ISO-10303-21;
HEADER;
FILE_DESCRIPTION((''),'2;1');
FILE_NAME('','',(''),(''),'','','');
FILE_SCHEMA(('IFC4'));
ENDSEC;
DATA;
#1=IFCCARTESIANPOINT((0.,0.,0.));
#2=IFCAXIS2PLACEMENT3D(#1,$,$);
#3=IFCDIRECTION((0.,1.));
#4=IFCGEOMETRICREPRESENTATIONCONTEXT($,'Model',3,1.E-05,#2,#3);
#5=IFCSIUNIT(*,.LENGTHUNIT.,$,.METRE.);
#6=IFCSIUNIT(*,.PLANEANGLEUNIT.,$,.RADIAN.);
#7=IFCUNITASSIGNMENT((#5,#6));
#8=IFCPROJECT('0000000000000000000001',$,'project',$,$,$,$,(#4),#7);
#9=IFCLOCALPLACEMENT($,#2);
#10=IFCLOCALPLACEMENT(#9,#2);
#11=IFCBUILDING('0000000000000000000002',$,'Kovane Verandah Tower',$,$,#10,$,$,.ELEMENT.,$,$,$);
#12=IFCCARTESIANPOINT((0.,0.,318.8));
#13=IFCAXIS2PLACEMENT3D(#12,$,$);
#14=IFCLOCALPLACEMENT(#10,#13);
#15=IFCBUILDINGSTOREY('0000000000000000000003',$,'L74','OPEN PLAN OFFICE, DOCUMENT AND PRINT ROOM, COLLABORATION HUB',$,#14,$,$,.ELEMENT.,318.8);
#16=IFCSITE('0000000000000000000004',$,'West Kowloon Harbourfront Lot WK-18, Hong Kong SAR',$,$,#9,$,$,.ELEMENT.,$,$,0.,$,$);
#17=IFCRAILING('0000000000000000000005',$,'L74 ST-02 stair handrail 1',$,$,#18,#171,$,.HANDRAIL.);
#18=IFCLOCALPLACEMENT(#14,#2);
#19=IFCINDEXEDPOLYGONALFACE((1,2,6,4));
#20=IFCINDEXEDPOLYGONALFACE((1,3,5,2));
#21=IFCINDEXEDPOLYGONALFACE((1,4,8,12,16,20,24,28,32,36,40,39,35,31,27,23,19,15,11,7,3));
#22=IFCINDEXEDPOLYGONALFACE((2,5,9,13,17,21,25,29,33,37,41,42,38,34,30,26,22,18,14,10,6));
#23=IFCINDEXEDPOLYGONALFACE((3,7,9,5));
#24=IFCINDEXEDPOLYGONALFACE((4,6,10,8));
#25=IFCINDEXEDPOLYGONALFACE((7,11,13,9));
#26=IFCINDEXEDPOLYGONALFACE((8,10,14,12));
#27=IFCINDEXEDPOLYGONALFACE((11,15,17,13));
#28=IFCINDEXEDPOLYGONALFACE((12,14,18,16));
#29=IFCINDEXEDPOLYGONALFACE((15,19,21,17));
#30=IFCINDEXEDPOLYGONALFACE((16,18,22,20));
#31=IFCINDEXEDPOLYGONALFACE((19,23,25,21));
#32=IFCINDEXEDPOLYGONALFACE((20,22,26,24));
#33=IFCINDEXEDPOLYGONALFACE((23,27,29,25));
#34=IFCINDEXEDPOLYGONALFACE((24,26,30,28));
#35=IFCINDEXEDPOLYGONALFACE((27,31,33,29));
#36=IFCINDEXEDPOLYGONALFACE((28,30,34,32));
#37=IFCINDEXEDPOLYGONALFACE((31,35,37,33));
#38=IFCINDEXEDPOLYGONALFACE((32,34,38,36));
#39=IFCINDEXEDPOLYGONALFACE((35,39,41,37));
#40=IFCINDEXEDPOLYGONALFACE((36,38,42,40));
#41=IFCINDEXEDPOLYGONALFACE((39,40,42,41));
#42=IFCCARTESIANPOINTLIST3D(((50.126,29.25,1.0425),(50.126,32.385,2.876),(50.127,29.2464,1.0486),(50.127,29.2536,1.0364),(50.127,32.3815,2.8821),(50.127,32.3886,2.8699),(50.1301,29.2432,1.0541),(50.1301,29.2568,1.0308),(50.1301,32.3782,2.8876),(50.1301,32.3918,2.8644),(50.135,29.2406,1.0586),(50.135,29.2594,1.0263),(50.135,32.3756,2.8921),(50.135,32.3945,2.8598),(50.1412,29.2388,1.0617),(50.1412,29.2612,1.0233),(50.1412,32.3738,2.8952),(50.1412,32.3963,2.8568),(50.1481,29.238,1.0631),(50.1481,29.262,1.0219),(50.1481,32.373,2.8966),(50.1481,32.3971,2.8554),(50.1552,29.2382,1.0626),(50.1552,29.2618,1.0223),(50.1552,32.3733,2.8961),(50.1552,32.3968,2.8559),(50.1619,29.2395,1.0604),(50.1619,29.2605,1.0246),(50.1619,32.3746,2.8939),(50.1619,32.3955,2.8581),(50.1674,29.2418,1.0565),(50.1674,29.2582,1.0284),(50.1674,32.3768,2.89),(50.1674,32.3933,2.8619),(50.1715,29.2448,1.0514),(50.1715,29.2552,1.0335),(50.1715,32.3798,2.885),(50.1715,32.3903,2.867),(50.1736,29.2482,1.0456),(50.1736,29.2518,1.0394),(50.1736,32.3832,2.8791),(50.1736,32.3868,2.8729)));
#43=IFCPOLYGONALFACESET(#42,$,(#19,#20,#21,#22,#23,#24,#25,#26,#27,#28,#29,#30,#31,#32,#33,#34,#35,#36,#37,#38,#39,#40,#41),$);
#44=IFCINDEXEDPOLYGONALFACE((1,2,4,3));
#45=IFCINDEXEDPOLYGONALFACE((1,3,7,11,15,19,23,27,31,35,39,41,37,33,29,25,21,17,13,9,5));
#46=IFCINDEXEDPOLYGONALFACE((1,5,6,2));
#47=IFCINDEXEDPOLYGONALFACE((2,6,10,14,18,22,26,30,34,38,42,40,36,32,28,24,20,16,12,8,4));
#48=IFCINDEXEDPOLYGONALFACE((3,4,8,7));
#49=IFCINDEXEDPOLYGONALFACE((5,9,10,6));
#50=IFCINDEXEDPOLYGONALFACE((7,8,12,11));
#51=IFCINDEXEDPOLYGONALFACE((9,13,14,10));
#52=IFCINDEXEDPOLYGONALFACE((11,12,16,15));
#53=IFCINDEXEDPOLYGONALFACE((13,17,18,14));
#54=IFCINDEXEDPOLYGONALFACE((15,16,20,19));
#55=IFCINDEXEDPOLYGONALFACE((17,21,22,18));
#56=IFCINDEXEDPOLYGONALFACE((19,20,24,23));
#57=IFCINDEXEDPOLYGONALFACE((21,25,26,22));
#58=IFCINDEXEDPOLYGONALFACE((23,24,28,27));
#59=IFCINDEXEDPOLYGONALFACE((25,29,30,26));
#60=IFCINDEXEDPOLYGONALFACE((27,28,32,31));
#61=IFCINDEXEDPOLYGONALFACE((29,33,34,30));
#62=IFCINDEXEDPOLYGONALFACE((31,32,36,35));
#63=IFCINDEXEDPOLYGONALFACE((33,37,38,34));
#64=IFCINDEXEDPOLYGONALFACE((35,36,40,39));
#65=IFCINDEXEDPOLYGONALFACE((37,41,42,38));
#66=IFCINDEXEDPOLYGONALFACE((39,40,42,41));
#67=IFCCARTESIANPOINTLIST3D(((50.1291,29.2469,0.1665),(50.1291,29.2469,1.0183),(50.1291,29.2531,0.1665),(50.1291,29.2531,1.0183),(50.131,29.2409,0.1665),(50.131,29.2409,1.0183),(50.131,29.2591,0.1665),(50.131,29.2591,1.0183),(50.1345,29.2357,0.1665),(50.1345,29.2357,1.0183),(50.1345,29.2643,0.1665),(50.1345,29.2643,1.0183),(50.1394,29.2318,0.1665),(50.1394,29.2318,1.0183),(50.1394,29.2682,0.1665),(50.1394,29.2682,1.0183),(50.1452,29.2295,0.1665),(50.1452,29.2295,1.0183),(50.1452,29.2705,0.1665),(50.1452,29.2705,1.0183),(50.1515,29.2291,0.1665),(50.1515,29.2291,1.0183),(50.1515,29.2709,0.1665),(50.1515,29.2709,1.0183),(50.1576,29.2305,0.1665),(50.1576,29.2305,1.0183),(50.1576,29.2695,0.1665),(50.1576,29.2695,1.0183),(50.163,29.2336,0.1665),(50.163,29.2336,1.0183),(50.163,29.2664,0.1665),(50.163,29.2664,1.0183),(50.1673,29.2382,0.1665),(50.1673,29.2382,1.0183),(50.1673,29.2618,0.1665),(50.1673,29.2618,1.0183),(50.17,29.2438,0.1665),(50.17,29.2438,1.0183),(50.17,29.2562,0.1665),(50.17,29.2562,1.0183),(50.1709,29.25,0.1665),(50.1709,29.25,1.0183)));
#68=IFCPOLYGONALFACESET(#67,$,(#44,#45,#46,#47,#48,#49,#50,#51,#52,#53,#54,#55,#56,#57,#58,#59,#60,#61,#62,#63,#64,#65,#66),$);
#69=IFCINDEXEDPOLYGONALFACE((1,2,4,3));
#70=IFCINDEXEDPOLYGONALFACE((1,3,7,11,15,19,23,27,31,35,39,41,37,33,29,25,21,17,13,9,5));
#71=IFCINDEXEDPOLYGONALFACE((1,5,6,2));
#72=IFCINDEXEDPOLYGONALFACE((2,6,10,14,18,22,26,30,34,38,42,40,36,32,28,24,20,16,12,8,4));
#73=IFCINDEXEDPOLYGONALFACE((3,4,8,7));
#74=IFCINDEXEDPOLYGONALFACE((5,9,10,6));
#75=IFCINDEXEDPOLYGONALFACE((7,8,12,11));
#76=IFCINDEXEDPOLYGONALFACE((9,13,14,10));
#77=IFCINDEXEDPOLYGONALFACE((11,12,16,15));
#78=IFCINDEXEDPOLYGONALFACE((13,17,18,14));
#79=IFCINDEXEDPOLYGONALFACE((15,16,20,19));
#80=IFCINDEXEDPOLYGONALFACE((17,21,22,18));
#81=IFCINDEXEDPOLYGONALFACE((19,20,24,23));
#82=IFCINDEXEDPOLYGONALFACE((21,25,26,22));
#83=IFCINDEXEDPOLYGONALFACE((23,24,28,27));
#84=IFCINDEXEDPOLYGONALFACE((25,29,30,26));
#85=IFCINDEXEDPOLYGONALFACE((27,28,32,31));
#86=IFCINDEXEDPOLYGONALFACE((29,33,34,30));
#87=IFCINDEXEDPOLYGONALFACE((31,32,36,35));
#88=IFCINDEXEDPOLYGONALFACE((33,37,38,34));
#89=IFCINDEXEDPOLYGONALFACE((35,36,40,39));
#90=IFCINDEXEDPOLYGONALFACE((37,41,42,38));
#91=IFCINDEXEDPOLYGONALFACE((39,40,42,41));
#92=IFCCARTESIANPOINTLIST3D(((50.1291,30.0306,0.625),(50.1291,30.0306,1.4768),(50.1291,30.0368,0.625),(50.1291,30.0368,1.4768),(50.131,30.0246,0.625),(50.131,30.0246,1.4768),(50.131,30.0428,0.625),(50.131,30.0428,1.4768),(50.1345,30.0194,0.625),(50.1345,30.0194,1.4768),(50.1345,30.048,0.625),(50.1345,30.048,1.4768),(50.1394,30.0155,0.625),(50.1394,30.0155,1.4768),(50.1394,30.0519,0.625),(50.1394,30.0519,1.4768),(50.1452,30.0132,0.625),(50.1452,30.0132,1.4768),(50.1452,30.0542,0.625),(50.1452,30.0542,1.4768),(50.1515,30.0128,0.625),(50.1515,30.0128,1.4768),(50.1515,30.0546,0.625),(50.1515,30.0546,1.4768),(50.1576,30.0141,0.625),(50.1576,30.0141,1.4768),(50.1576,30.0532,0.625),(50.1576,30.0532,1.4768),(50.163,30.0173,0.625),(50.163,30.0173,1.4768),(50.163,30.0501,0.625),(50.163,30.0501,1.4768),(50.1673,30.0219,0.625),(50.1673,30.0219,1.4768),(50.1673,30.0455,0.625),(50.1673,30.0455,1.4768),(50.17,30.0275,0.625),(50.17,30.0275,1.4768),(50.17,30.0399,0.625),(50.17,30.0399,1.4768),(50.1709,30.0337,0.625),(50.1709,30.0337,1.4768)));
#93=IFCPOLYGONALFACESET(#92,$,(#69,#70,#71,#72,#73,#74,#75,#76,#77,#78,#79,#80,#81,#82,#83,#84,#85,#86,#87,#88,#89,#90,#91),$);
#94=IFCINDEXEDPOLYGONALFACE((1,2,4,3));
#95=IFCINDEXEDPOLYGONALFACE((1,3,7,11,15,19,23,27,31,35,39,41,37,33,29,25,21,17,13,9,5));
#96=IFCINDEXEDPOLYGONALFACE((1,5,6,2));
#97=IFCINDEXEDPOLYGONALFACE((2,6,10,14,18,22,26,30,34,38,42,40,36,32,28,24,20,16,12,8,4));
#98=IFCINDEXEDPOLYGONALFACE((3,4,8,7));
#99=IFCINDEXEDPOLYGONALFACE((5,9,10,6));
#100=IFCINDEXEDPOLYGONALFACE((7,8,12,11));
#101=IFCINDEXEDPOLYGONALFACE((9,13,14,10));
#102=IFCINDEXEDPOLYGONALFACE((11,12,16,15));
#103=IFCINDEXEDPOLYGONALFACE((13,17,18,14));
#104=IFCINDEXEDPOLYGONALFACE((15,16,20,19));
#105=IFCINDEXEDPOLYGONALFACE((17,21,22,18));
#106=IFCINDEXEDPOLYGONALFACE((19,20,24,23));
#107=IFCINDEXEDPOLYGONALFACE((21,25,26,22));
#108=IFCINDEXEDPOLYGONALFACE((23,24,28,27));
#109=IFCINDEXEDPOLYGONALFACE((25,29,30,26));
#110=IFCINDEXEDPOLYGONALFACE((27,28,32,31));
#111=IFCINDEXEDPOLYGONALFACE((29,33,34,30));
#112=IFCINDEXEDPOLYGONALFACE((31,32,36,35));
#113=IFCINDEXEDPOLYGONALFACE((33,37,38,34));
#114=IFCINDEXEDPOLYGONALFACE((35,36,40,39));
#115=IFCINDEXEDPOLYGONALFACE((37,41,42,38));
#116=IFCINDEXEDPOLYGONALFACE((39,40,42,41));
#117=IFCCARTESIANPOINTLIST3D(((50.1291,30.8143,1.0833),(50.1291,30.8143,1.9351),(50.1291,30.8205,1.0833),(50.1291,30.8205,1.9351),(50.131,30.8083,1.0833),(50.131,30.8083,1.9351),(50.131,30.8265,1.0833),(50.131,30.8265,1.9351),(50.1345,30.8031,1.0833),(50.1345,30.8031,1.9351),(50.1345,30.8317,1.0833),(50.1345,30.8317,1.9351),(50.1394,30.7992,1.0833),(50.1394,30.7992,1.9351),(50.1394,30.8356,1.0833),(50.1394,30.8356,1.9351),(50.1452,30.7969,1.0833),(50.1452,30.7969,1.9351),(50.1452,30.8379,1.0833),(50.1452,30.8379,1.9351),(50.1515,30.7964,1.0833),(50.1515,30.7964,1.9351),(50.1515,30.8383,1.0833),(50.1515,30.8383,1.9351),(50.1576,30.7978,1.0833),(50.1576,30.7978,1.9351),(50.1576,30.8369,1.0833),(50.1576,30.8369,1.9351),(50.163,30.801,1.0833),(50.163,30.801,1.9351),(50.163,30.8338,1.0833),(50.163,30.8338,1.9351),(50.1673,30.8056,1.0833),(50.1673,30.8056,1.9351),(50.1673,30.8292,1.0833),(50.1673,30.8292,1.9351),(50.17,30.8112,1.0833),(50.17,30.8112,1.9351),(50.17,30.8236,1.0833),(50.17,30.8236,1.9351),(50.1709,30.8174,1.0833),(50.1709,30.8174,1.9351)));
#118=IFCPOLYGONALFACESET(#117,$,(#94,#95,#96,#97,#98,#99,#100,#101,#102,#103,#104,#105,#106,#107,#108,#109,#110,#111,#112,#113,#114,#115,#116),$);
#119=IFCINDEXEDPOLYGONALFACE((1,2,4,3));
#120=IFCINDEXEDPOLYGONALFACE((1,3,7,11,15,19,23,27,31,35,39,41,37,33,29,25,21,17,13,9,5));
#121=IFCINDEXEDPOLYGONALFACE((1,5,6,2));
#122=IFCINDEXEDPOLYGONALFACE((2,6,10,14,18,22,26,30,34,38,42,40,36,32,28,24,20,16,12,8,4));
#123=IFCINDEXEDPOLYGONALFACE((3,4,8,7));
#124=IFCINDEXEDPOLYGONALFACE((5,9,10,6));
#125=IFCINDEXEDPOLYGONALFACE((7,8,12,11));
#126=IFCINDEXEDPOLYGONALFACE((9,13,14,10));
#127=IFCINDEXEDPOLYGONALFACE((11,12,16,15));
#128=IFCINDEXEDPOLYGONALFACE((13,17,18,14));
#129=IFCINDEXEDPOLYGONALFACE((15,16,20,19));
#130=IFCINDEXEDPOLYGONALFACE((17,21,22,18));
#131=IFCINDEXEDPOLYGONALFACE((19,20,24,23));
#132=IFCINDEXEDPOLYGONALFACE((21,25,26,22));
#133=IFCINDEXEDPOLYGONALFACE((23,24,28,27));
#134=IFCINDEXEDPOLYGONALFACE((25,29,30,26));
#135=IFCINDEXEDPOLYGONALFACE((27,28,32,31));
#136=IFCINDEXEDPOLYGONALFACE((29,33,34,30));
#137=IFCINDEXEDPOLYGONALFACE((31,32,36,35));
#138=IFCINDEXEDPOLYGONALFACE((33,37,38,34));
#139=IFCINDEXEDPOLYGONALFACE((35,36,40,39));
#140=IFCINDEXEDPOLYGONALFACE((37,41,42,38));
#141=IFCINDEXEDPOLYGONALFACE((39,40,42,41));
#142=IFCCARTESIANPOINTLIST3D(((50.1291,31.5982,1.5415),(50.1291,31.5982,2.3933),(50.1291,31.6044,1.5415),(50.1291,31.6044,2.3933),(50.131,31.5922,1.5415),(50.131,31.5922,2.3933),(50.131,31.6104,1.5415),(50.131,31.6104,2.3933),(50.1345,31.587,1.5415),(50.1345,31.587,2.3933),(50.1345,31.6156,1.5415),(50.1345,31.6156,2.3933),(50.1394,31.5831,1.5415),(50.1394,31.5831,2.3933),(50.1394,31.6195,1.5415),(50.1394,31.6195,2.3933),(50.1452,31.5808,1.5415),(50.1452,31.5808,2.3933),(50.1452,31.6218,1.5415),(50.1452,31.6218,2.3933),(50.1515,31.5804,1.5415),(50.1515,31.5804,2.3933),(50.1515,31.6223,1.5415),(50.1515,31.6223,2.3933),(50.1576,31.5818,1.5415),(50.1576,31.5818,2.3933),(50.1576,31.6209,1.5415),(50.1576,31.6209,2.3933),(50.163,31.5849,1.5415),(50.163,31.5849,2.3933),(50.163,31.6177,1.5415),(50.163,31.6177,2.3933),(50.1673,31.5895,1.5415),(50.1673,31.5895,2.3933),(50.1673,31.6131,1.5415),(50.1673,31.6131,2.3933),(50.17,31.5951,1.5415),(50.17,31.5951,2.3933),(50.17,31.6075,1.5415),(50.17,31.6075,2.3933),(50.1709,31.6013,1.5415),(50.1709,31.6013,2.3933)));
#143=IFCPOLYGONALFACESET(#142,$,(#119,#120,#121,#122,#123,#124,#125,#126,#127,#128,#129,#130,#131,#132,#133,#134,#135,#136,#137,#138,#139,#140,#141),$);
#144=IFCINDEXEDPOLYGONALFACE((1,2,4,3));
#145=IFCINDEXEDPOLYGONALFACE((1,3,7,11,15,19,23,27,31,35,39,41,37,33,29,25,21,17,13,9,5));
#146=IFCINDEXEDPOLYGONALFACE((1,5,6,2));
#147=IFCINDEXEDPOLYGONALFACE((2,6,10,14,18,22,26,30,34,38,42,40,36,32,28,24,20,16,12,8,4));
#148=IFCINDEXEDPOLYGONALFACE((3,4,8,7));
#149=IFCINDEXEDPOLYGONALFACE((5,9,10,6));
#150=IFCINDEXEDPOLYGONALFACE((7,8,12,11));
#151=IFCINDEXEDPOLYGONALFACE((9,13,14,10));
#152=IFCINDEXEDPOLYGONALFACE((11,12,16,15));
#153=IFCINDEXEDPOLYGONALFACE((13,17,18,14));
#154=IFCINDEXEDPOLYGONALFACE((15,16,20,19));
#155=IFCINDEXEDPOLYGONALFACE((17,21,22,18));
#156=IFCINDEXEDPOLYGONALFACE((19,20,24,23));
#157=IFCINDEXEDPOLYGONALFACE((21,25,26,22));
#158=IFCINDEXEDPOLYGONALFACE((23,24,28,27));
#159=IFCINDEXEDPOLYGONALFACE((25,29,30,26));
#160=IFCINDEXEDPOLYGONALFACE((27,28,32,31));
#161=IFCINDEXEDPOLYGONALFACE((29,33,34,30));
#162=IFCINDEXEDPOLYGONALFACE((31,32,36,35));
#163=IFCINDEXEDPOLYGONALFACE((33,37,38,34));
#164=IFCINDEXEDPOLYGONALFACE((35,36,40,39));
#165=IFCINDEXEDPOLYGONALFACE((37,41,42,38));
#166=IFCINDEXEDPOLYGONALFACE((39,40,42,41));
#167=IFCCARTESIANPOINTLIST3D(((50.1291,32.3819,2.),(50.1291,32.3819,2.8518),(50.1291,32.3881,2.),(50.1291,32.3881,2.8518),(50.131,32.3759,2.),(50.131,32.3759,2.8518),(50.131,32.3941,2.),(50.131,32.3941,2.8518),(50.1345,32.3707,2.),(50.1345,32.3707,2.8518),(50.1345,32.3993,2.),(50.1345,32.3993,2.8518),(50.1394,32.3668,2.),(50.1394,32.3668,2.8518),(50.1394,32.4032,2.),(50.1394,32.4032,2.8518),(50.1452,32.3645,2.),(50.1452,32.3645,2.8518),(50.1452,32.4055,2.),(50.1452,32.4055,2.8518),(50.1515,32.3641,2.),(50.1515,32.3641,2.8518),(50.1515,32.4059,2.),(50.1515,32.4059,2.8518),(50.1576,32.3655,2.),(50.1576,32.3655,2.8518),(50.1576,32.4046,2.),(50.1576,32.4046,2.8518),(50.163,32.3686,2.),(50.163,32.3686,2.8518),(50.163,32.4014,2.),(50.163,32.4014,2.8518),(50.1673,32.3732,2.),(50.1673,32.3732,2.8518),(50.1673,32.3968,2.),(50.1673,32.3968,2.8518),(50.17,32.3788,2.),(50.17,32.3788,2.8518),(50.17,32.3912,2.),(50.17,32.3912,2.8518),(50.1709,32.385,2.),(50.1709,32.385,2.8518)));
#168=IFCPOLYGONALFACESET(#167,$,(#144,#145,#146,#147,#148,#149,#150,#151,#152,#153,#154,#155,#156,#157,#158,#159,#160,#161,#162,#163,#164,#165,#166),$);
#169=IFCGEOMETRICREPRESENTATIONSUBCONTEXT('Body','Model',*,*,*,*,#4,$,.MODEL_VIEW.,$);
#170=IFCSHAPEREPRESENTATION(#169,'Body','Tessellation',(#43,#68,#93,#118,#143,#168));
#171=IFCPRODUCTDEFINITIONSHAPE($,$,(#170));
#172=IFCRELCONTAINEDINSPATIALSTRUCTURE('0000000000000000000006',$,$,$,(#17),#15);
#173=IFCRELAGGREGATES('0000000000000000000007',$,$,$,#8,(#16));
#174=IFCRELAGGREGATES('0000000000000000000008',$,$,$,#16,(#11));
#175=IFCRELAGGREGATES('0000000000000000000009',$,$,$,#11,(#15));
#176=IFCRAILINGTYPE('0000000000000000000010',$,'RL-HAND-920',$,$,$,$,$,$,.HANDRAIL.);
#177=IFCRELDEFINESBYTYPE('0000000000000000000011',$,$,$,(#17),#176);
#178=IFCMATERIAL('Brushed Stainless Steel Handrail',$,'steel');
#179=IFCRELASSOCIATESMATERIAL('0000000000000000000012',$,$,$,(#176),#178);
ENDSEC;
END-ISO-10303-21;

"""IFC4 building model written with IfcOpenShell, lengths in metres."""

from ifc_helpers import new_model, si_unit, direction, frame, origin, origin_2d, place, context, subcontext, project, spatial, circle, extrude, material, type_object, element, save


model = new_model("IFC4")

# Units and contexts
model_context = context("Model", 3, precision=1e-05, world=origin(), true_north=direction((0.0, 1.0)))
body_context = subcontext(model_context, "Body", "Model", "MODEL_VIEW")
ifc_project = project(units=[si_unit("LENGTHUNIT", "METRE"), si_unit("PLANEANGLEUNIT", "RADIAN")], contexts=[model_context])

# Site, building, storey
site_placement = place(None, origin())
site = spatial("IfcSite", under=ifc_project, at=site_placement, Name="West Kowloon Harbourfront Lot WK-18, Hong Kong SAR", CompositionType="ELEMENT", RefElevation=0.0)
building_placement = place(site_placement, origin())
building = spatial("IfcBuilding", under=site, at=building_placement, Name="Kovane Verandah Tower", CompositionType="ELEMENT")
storey_placement = place(building_placement, frame((0.0, 0.0, 318.8)))
storey = spatial("IfcBuildingStorey", under=building, at=storey_placement, Name="L74", Description="OPEN PLAN OFFICE, DOCUMENT AND PRINT ROOM, COLLABORATION HUB", CompositionType="ELEMENT", Elevation=318.8)

# Railing
ifc_material_1 = material(Name="Brushed Stainless Steel Handrail", Category="steel")
railing_type_1 = type_object("IfcRailingType", Name="RL-HAND-920", PredefinedType="HANDRAIL", material=ifc_material_1)
railing_1_placement = place(storey_placement, frame((50.1499, 29.25, 0.1665)))
element("IfcRailing", 1, at=railing_1_placement, inside=storey, type_object=railing_type_1, Name="L74 ST-02 stair handrail 1", PredefinedType="HANDRAIL", context=body_context, shape_type="SweptSolid", body=[
    extrude(circle(Radius=0.0239, at=origin_2d()), frame((0.0, 0.0, 0.876), z_axis=(0.0, 0.86321, 0.504845), x_axis=(-1.0, 0.0, 0.0)), (0.0, 0.0, 1.0), 3.6318),
    extrude(circle(Radius=0.021, at=origin_2d()), origin(), (0.0, 0.0, 1.0), 0.8518),
    extrude(circle(Radius=0.021, at=origin_2d()), frame((0.0, 0.7837, 0.4585)), (0.0, 0.0, 1.0), 0.8518),
    extrude(circle(Radius=0.021, at=origin_2d()), frame((0.0, 1.5674, 0.9167)), (0.0, 0.0, 1.0), 0.8518),
    extrude(circle(Radius=0.021, at=origin_2d()), frame((0.0, 2.3513, 1.375)), (0.0, 0.0, 1.0), 0.8518),
    extrude(circle(Radius=0.021, at=origin_2d()), frame((0.0, 3.135, 1.8335)), (0.0, 0.0, 1.0), 0.8518),
])

save(model, "model.ifc")
